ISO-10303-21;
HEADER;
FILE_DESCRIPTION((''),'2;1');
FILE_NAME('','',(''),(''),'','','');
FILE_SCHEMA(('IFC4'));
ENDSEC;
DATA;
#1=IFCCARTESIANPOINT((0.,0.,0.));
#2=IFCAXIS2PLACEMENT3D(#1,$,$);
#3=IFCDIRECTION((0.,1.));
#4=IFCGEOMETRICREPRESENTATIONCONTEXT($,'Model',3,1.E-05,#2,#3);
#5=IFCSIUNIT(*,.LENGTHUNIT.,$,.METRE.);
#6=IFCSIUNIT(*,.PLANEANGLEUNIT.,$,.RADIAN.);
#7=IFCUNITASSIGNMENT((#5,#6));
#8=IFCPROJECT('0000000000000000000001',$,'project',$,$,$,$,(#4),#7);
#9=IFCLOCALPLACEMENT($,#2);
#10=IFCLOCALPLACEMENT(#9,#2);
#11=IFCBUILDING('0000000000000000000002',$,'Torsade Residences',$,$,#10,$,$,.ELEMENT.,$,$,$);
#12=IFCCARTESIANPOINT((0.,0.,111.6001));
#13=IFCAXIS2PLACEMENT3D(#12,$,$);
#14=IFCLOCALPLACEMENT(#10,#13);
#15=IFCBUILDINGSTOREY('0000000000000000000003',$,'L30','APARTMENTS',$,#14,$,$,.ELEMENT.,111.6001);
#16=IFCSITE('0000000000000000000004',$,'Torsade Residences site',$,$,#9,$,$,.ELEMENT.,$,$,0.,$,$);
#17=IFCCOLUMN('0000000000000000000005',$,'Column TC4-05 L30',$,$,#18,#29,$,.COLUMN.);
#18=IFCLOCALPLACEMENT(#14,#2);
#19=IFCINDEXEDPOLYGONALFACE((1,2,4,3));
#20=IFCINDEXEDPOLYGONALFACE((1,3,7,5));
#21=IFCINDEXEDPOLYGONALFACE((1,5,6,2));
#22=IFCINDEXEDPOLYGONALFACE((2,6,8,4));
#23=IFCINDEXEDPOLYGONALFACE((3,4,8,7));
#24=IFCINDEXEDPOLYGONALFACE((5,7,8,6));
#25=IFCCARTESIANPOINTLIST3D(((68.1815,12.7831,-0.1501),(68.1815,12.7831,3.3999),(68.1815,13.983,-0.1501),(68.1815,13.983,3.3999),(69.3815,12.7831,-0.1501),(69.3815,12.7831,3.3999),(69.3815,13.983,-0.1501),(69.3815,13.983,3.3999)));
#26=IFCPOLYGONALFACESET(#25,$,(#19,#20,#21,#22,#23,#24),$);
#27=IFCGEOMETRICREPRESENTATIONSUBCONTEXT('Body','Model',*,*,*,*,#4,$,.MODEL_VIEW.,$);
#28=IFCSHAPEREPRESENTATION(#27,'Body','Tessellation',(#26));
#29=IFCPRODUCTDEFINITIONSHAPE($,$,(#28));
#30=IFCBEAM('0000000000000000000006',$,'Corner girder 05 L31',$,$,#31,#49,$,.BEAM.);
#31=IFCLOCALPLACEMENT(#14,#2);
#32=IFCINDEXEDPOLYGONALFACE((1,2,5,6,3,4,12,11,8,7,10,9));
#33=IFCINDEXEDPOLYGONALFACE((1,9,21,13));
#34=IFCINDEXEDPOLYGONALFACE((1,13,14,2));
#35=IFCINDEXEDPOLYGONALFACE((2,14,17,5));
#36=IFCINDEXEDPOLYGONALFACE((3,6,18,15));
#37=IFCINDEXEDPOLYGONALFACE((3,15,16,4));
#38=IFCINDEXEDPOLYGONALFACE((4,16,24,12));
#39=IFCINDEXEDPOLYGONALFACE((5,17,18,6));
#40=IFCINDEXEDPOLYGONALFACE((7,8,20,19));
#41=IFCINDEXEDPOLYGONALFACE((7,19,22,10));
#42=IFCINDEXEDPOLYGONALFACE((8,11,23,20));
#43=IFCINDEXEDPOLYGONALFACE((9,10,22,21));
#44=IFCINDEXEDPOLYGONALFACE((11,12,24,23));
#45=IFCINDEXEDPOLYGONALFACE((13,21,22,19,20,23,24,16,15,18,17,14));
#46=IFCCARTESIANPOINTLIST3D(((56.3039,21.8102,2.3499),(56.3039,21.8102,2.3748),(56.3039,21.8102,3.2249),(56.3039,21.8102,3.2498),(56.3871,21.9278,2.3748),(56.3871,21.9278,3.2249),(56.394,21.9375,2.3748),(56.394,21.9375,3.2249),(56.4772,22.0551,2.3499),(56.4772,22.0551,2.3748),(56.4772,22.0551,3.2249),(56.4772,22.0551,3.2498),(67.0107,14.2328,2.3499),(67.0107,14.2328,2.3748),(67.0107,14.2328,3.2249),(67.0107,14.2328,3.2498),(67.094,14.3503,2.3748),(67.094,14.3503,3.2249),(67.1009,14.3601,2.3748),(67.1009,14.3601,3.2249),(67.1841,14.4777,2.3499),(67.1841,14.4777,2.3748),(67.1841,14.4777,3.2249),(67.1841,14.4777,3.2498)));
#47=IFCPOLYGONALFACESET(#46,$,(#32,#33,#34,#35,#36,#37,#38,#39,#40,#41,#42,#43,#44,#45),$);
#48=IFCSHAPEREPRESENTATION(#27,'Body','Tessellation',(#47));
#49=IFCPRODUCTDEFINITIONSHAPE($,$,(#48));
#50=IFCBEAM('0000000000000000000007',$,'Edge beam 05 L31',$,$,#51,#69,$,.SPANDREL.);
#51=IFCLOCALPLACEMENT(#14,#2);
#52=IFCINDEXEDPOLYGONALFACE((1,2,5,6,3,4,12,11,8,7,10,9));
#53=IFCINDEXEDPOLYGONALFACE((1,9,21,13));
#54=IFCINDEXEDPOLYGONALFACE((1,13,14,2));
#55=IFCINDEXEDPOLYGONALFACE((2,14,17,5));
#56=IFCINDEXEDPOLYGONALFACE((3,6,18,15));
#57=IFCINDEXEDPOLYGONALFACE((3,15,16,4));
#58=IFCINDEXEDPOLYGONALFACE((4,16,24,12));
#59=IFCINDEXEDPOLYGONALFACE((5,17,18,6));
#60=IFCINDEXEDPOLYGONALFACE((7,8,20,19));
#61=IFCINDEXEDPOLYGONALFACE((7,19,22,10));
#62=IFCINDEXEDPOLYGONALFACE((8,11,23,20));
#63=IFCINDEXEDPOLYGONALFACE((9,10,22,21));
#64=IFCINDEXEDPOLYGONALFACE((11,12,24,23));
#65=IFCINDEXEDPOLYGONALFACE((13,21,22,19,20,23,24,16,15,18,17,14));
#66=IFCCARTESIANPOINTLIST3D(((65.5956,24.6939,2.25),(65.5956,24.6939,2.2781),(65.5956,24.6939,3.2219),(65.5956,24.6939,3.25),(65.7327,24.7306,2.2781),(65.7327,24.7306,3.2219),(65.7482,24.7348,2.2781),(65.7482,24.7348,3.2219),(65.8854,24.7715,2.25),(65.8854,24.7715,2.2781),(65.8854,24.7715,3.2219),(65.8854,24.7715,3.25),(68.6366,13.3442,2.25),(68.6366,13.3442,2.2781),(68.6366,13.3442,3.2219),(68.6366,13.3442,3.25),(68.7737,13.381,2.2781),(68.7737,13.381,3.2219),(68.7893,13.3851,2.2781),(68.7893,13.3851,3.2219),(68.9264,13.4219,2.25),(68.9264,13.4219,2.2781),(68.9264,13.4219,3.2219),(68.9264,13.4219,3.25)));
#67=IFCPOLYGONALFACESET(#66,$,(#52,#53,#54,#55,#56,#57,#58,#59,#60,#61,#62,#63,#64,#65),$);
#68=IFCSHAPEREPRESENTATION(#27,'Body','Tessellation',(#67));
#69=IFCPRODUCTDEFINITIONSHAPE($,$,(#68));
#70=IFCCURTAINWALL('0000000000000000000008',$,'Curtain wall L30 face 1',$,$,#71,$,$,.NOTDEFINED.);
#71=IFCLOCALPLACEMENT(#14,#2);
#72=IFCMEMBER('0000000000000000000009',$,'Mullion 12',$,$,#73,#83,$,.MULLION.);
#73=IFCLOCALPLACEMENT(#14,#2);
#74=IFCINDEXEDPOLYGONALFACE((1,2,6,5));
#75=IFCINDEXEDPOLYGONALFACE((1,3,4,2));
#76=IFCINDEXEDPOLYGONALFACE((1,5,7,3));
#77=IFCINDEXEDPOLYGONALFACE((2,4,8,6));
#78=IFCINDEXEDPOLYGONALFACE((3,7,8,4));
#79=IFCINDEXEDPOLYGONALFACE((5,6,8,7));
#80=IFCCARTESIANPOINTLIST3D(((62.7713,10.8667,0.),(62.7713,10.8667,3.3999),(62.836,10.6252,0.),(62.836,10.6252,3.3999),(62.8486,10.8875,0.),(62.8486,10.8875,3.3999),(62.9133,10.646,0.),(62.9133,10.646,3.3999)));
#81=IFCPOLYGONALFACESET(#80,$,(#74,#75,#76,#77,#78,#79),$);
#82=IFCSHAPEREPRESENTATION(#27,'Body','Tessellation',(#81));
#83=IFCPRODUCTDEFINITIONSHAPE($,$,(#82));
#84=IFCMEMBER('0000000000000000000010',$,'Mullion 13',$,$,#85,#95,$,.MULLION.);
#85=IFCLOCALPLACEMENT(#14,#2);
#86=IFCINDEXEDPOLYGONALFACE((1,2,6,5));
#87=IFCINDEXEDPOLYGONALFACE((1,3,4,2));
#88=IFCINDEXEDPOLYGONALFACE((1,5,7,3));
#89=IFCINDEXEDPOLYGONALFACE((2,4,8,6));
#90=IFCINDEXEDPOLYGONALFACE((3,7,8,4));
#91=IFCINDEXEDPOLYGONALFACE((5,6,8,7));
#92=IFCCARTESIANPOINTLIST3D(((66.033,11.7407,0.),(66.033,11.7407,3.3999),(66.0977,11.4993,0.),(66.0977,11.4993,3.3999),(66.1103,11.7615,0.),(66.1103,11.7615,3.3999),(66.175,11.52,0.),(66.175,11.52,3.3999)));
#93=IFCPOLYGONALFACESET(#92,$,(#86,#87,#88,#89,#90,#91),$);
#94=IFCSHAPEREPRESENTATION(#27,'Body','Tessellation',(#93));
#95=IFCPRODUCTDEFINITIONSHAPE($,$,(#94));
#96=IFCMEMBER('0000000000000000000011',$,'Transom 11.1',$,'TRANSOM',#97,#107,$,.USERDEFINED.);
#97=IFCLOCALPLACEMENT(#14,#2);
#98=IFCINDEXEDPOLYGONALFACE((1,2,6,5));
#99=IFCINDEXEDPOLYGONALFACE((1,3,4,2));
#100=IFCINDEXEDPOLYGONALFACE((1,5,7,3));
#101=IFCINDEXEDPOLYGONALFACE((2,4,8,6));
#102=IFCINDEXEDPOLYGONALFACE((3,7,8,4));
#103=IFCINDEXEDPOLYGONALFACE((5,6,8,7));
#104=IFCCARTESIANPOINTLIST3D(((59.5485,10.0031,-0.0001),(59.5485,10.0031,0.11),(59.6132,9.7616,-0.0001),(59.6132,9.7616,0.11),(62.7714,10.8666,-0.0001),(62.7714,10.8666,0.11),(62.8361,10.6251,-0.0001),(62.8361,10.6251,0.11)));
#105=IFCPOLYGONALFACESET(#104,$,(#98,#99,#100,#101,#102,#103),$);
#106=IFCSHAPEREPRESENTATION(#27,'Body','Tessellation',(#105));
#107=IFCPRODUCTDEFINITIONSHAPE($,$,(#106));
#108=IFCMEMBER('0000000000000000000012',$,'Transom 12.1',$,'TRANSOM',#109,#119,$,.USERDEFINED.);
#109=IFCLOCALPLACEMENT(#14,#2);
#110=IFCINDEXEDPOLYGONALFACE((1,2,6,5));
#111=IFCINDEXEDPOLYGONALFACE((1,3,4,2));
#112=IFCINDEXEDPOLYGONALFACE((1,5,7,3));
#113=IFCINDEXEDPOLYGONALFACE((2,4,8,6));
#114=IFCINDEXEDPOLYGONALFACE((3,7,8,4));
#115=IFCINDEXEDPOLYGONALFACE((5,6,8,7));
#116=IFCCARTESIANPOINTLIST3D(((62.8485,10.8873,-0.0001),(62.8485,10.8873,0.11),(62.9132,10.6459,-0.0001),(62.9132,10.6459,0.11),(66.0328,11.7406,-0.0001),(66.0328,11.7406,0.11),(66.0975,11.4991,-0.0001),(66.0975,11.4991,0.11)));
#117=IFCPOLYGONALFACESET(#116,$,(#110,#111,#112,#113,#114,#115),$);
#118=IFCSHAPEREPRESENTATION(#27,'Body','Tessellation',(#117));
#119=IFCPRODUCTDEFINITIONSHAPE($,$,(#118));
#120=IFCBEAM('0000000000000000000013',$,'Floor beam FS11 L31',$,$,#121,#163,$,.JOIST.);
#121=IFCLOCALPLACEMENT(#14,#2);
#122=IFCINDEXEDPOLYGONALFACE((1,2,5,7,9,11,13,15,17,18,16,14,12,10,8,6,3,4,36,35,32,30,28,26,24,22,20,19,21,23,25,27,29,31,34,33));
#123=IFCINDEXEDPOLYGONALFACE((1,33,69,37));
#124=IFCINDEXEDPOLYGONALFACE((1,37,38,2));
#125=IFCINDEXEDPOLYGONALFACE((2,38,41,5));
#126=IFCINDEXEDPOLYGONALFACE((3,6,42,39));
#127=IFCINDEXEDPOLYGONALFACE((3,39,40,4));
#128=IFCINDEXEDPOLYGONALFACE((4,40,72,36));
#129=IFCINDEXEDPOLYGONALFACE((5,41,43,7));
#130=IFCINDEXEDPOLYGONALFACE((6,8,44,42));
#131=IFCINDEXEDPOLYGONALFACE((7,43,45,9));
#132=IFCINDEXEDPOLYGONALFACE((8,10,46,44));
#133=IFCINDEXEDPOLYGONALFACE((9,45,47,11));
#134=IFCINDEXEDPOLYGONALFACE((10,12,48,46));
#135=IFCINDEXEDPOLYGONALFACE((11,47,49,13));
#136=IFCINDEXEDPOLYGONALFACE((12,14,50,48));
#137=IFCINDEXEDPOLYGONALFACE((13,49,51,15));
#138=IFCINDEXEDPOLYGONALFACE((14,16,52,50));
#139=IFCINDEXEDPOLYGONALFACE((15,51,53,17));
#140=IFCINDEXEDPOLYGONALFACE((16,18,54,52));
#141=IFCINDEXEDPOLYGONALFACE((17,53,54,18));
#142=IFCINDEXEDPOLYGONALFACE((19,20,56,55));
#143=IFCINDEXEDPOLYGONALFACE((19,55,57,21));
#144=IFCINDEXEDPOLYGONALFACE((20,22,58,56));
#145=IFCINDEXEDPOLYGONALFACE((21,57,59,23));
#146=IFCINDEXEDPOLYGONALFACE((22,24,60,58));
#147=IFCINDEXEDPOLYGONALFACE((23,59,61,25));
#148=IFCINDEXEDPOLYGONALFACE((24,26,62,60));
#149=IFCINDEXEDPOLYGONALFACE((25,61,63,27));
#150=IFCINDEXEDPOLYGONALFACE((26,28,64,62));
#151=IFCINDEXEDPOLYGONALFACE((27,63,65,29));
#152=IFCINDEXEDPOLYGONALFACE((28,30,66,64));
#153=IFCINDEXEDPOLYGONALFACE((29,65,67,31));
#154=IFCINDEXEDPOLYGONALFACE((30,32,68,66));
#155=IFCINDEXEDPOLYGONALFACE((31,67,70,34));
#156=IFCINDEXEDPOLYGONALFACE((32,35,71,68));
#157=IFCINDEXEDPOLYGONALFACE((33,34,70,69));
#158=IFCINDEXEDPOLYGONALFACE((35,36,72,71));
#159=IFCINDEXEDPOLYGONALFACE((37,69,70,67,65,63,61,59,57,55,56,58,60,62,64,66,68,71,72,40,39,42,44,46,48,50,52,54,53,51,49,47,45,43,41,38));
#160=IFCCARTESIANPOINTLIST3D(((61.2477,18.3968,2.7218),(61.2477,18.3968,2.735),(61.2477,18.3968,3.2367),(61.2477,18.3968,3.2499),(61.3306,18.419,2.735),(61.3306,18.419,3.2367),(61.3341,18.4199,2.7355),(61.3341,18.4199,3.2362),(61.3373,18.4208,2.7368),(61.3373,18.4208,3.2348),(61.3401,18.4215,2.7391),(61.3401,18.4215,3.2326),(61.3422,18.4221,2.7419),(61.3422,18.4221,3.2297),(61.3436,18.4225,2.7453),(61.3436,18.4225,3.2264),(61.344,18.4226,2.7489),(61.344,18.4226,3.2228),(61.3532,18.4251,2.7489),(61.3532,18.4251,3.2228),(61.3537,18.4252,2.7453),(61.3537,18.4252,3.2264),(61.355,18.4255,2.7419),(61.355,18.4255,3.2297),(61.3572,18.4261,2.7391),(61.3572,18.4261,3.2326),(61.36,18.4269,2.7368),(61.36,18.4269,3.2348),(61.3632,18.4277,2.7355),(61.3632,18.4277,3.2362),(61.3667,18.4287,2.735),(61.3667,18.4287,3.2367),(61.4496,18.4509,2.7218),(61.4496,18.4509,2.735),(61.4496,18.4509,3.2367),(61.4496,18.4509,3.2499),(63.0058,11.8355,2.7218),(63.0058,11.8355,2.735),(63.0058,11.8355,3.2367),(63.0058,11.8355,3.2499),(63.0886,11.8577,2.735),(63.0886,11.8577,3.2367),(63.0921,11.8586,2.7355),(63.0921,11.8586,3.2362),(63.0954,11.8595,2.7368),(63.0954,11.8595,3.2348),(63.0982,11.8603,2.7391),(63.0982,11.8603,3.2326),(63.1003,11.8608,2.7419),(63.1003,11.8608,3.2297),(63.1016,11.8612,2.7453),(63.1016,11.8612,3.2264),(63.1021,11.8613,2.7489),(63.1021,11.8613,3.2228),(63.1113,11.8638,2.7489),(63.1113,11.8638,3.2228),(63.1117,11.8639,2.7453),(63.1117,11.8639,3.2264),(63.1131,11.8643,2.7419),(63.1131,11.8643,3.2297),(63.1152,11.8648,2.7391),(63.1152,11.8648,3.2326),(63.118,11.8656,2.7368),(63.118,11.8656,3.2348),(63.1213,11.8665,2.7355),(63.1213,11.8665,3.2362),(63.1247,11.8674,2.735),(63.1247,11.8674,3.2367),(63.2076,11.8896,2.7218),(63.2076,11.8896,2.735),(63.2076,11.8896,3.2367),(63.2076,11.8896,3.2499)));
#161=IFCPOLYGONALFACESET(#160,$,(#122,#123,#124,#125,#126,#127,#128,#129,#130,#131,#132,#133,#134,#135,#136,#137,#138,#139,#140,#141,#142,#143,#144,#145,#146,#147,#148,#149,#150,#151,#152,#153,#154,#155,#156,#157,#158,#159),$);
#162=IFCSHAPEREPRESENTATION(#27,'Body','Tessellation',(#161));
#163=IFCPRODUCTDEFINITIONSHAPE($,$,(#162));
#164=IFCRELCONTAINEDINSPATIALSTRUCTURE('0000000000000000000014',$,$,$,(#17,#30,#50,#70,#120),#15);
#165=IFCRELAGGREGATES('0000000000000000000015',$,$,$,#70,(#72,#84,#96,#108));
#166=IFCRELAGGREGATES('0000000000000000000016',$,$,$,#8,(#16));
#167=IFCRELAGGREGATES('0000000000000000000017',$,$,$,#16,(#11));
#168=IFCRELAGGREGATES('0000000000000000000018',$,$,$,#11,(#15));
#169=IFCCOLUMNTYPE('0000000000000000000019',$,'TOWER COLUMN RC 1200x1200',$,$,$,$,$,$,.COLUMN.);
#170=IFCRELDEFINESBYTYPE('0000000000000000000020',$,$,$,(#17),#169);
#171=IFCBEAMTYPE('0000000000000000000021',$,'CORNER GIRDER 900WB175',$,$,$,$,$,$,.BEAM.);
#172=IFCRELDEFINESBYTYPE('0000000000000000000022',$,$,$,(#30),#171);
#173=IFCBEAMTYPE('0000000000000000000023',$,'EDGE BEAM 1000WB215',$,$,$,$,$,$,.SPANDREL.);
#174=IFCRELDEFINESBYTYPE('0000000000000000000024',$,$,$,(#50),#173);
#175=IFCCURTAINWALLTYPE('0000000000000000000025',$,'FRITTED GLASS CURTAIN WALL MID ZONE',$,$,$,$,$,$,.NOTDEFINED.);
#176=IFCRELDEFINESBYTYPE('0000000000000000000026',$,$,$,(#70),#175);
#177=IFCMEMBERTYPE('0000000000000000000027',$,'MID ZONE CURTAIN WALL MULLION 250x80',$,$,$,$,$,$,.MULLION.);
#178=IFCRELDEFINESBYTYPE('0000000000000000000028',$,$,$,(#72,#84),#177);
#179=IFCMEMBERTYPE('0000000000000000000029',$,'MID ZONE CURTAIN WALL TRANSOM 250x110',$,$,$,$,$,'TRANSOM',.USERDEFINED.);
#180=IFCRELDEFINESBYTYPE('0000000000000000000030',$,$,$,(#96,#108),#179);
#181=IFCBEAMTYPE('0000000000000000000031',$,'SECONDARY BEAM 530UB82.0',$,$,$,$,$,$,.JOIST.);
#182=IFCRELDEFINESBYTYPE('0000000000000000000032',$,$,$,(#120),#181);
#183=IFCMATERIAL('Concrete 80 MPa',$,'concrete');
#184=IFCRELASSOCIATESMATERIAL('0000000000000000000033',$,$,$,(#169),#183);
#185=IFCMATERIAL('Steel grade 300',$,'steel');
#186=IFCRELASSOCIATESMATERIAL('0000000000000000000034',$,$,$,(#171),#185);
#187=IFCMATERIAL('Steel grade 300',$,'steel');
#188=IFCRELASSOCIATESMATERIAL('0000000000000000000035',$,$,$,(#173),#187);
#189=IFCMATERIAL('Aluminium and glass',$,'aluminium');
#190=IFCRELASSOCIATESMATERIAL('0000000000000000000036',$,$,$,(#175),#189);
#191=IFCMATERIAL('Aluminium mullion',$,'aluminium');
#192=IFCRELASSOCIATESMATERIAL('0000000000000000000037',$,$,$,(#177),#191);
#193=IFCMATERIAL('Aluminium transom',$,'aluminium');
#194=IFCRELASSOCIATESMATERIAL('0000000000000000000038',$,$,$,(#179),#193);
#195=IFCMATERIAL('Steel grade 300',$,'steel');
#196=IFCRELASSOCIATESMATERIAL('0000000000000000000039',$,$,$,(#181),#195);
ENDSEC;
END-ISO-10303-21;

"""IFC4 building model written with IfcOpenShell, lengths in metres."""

from ifc_helpers import new_model, si_unit, direction, frame, origin, origin_2d, place, context, subcontext, project, spatial, rectangle, i_section, extrude, material, material_profile, profile_set, type_object, element, aggregate, save


model = new_model("IFC4")

# Units and contexts
model_context = context("Model", 3, precision=1e-05, world=origin(), true_north=direction((0.0, 1.0)))
body_context = subcontext(model_context, "Body", "Model", "MODEL_VIEW")
ifc_project = project(units=[si_unit("LENGTHUNIT", "METRE"), si_unit("PLANEANGLEUNIT", "RADIAN")], contexts=[model_context])

# Site, building, storey
site_placement = place(None, origin())
site = spatial("IfcSite", under=ifc_project, at=site_placement, Name="Torsade Residences site", CompositionType="ELEMENT", RefElevation=0.0)
building_placement = place(site_placement, origin())
building = spatial("IfcBuilding", under=site, at=building_placement, Name="Torsade Residences", CompositionType="ELEMENT")
storey_placement = place(building_placement, frame((0.0, 0.0, 111.6001)))
storey = spatial("IfcBuildingStorey", under=building, at=storey_placement, Name="L30", Description="APARTMENTS", CompositionType="ELEMENT", Elevation=111.6001)

# Column
ifc_material_1 = material(Name="Concrete 80 MPa", Category="concrete")
ifc_material_profile_1 = material_profile(ifc_material_1, rectangle(XDim=1.2, YDim=1.2, at=origin_2d()), Name="RC 1200x1200")
ifc_profile_set_1 = profile_set([ifc_material_profile_1], Name="Concrete 80 MPa")
column_type = type_object("IfcColumnType", Name="TOWER COLUMN RC 1200x1200", PredefinedType="COLUMN", material=ifc_profile_set_1)
column_placement = place(storey_placement, frame((68.7815, 13.3831, -0.1501), z_axis=(0.0, 0.0, 1.0), x_axis=(1.0, 0.0, 0.0)))
element("IfcColumn", 1, at=column_placement, inside=storey, type_object=column_type, Name="Column TC4-05 L30", PredefinedType="COLUMN", context=body_context, shape_type="SweptSolid", body=[
    extrude(rectangle(XDim=1.2, YDim=1.2, at=origin_2d()), origin(), (0.0, 0.0, 1.0), 3.55),
])

# Beams
ifc_material_2 = material(Name="Steel grade 300", Category="steel")
ifc_material_profile_2 = material_profile(ifc_material_2, i_section(OverallWidth=0.3, OverallDepth=0.8999, WebThickness=0.012, FlangeThickness=0.0249, at=origin_2d()), Name="900WB175")
ifc_profile_set_2 = profile_set([ifc_material_profile_2], Name="Steel grade 300")
beam_type_1 = type_object("IfcBeamType", Name="CORNER GIRDER 900WB175", PredefinedType="BEAM", material=ifc_profile_set_2)
beam_1_placement = place(storey_placement, frame((67.0974, 14.3552, 2.7998), z_axis=(-0.816261, 0.577683, 0.0), x_axis=(-0.577683, -0.816261, 0.0)))
element("IfcBeam", 2, at=beam_1_placement, inside=storey, type_object=beam_type_1, Name="Corner girder 05 L31", PredefinedType="BEAM", context=body_context, shape_type="SweptSolid", body=[
    extrude(i_section(OverallWidth=0.3, OverallDepth=0.8999, WebThickness=0.012, FlangeThickness=0.0249, at=origin_2d()), origin(), (0.0, 0.0, 1.0), 13.1169),
])
ifc_material_3 = material(Name="Steel grade 300", Category="steel")
ifc_material_profile_3 = material_profile(ifc_material_3, i_section(OverallWidth=0.3, OverallDepth=1.0, WebThickness=0.0161, FlangeThickness=0.0281, at=origin_2d()), Name="1000WB215")
ifc_profile_set_3 = profile_set([ifc_material_profile_3], Name="Steel grade 300")
beam_type_2 = type_object("IfcBeamType", Name="EDGE BEAM 1000WB215", PredefinedType="SPANDREL", material=ifc_profile_set_3)
beam_2_placement = place(storey_placement, frame((68.7815, 13.3831, 2.75), z_axis=(-0.258811, 0.965928, 0.0), x_axis=(-0.965928, -0.258811, 0.0)))
element("IfcBeam", 3, at=beam_2_placement, inside=storey, type_object=beam_type_2, Name="Edge beam 05 L31", PredefinedType="SPANDREL", context=body_context, shape_type="SweptSolid", body=[
    extrude(i_section(OverallWidth=0.3, OverallDepth=1.0, WebThickness=0.0161, FlangeThickness=0.0281, at=origin_2d()), origin(), (0.0, 0.0, 1.0), 11.75),
])

# Curtain wall, members
ifc_material_4 = material(Name="Aluminium and glass", Category="aluminium")
curtain_wall_type = type_object("IfcCurtainWallType", Name="FRITTED GLASS CURTAIN WALL MID ZONE", PredefinedType="NOTDEFINED", material=ifc_material_4)
curtain_wall_placement = place(storey_placement, origin())
curtain_wall = element("IfcCurtainWall", 4, at=curtain_wall_placement, inside=storey, type_object=curtain_wall_type, Name="Curtain wall L30 face 1", PredefinedType="NOTDEFINED")
ifc_material_5 = material(Name="Aluminium mullion", Category="aluminium")
ifc_material_profile_4 = material_profile(ifc_material_5, rectangle(XDim=0.25, YDim=0.0801, at=origin_2d()), Name="MID ZONE CURTAIN WALL MULLION 250x80")
ifc_profile_set_4 = profile_set([ifc_material_profile_4], Name="Aluminium mullion")
member_type_1 = type_object("IfcMemberType", Name="MID ZONE CURTAIN WALL MULLION 250x80", PredefinedType="MULLION", material=ifc_profile_set_4)
member_1_placement = place(storey_placement, frame((62.8423, 10.7563, 0.0), z_axis=(0.0, 0.0, 1.0), x_axis=(-0.258819, 0.965926, 0.0)))
member_1 = element("IfcMember", 5, at=member_1_placement, type_object=member_type_1, Name="Mullion 12", PredefinedType="MULLION", context=body_context, shape_type="SweptSolid", body=[
    extrude(rectangle(XDim=0.25, YDim=0.0801, at=origin_2d()), origin(), (0.0, 0.0, 1.0), 3.3999),
])
member_2_placement = place(storey_placement, frame((66.104, 11.6304, 0.0), z_axis=(0.0, 0.0, 1.0), x_axis=(-0.258819, 0.965926, 0.0)))
member_2 = element("IfcMember", 6, at=member_2_placement, type_object=member_type_1, Name="Mullion 13", PredefinedType="MULLION", context=body_context, shape_type="SweptSolid", body=[
    extrude(rectangle(XDim=0.25, YDim=0.0801, at=origin_2d()), origin(), (0.0, 0.0, 1.0), 3.3999),
])
ifc_material_6 = material(Name="Aluminium transom", Category="aluminium")
ifc_material_profile_5 = material_profile(ifc_material_6, rectangle(XDim=0.25, YDim=0.1101, at=origin_2d()), Name="MID ZONE CURTAIN WALL TRANSOM 250x110")
ifc_profile_set_5 = profile_set([ifc_material_profile_5], Name="Aluminium transom")
member_type_2 = type_object("IfcMemberType", Name="MID ZONE CURTAIN WALL TRANSOM 250x110", ElementType="TRANSOM", PredefinedType="USERDEFINED", material=ifc_profile_set_5)
member_3_placement = place(storey_placement, frame((59.5808, 9.8823, 0.0549), z_axis=(0.965929, 0.258806, 0.0), x_axis=(-0.258806, 0.965929, 0.0)))
member_3 = element("IfcMember", 7, at=member_3_placement, type_object=member_type_2, Name="Transom 11.1", ObjectType="TRANSOM", PredefinedType="USERDEFINED", context=body_context, shape_type="SweptSolid", body=[
    extrude(rectangle(XDim=0.25, YDim=0.1101, at=origin_2d()), origin(), (0.0, 0.0, 1.0), 3.3367),
])
member_4_placement = place(storey_placement, frame((62.8809, 10.7666, 0.0549), z_axis=(0.965923, 0.258829, 0.0), x_axis=(-0.258829, 0.965923, 0.0)))
member_4 = element("IfcMember", 8, at=member_4_placement, type_object=member_type_2, Name="Transom 12.1", ObjectType="TRANSOM", PredefinedType="USERDEFINED", context=body_context, shape_type="SweptSolid", body=[
    extrude(rectangle(XDim=0.25, YDim=0.1101, at=origin_2d()), origin(), (0.0, 0.0, 1.0), 3.2966),
])

# Beam
ifc_material_7 = material(Name="Steel grade 300", Category="steel")
ifc_material_profile_6 = material_profile(ifc_material_7, i_section(OverallWidth=0.209, OverallDepth=0.5281, WebThickness=0.0095, FlangeThickness=0.0132, FilletRadius=0.0139, at=origin_2d()), Name="530UB82.0")
ifc_profile_set_6 = profile_set([ifc_material_profile_6], Name="Steel grade 300")
beam_type_3 = type_object("IfcBeamType", Name="SECONDARY BEAM 530UB82.0", PredefinedType="JOIST", material=ifc_profile_set_6)
beam_3_placement = place(storey_placement, frame((63.1067, 11.8625, 2.9858), z_axis=(-0.258815, 0.965927, 0.0), x_axis=(-0.965927, -0.258815, 0.0)))
element("IfcBeam", 9, at=beam_3_placement, inside=storey, type_object=beam_type_3, Name="Floor beam FS11 L31", PredefinedType="JOIST", context=body_context, shape_type="SweptSolid", body=[
    extrude(i_section(OverallWidth=0.209, OverallDepth=0.5281, WebThickness=0.0095, FlangeThickness=0.0132, FilletRadius=0.0139, at=origin_2d()), origin(), (0.0, 0.0, 1.0), 6.7927),
])

aggregate(curtain_wall, [member_1, member_2, member_3, member_4])

save(model, "model.ifc")
